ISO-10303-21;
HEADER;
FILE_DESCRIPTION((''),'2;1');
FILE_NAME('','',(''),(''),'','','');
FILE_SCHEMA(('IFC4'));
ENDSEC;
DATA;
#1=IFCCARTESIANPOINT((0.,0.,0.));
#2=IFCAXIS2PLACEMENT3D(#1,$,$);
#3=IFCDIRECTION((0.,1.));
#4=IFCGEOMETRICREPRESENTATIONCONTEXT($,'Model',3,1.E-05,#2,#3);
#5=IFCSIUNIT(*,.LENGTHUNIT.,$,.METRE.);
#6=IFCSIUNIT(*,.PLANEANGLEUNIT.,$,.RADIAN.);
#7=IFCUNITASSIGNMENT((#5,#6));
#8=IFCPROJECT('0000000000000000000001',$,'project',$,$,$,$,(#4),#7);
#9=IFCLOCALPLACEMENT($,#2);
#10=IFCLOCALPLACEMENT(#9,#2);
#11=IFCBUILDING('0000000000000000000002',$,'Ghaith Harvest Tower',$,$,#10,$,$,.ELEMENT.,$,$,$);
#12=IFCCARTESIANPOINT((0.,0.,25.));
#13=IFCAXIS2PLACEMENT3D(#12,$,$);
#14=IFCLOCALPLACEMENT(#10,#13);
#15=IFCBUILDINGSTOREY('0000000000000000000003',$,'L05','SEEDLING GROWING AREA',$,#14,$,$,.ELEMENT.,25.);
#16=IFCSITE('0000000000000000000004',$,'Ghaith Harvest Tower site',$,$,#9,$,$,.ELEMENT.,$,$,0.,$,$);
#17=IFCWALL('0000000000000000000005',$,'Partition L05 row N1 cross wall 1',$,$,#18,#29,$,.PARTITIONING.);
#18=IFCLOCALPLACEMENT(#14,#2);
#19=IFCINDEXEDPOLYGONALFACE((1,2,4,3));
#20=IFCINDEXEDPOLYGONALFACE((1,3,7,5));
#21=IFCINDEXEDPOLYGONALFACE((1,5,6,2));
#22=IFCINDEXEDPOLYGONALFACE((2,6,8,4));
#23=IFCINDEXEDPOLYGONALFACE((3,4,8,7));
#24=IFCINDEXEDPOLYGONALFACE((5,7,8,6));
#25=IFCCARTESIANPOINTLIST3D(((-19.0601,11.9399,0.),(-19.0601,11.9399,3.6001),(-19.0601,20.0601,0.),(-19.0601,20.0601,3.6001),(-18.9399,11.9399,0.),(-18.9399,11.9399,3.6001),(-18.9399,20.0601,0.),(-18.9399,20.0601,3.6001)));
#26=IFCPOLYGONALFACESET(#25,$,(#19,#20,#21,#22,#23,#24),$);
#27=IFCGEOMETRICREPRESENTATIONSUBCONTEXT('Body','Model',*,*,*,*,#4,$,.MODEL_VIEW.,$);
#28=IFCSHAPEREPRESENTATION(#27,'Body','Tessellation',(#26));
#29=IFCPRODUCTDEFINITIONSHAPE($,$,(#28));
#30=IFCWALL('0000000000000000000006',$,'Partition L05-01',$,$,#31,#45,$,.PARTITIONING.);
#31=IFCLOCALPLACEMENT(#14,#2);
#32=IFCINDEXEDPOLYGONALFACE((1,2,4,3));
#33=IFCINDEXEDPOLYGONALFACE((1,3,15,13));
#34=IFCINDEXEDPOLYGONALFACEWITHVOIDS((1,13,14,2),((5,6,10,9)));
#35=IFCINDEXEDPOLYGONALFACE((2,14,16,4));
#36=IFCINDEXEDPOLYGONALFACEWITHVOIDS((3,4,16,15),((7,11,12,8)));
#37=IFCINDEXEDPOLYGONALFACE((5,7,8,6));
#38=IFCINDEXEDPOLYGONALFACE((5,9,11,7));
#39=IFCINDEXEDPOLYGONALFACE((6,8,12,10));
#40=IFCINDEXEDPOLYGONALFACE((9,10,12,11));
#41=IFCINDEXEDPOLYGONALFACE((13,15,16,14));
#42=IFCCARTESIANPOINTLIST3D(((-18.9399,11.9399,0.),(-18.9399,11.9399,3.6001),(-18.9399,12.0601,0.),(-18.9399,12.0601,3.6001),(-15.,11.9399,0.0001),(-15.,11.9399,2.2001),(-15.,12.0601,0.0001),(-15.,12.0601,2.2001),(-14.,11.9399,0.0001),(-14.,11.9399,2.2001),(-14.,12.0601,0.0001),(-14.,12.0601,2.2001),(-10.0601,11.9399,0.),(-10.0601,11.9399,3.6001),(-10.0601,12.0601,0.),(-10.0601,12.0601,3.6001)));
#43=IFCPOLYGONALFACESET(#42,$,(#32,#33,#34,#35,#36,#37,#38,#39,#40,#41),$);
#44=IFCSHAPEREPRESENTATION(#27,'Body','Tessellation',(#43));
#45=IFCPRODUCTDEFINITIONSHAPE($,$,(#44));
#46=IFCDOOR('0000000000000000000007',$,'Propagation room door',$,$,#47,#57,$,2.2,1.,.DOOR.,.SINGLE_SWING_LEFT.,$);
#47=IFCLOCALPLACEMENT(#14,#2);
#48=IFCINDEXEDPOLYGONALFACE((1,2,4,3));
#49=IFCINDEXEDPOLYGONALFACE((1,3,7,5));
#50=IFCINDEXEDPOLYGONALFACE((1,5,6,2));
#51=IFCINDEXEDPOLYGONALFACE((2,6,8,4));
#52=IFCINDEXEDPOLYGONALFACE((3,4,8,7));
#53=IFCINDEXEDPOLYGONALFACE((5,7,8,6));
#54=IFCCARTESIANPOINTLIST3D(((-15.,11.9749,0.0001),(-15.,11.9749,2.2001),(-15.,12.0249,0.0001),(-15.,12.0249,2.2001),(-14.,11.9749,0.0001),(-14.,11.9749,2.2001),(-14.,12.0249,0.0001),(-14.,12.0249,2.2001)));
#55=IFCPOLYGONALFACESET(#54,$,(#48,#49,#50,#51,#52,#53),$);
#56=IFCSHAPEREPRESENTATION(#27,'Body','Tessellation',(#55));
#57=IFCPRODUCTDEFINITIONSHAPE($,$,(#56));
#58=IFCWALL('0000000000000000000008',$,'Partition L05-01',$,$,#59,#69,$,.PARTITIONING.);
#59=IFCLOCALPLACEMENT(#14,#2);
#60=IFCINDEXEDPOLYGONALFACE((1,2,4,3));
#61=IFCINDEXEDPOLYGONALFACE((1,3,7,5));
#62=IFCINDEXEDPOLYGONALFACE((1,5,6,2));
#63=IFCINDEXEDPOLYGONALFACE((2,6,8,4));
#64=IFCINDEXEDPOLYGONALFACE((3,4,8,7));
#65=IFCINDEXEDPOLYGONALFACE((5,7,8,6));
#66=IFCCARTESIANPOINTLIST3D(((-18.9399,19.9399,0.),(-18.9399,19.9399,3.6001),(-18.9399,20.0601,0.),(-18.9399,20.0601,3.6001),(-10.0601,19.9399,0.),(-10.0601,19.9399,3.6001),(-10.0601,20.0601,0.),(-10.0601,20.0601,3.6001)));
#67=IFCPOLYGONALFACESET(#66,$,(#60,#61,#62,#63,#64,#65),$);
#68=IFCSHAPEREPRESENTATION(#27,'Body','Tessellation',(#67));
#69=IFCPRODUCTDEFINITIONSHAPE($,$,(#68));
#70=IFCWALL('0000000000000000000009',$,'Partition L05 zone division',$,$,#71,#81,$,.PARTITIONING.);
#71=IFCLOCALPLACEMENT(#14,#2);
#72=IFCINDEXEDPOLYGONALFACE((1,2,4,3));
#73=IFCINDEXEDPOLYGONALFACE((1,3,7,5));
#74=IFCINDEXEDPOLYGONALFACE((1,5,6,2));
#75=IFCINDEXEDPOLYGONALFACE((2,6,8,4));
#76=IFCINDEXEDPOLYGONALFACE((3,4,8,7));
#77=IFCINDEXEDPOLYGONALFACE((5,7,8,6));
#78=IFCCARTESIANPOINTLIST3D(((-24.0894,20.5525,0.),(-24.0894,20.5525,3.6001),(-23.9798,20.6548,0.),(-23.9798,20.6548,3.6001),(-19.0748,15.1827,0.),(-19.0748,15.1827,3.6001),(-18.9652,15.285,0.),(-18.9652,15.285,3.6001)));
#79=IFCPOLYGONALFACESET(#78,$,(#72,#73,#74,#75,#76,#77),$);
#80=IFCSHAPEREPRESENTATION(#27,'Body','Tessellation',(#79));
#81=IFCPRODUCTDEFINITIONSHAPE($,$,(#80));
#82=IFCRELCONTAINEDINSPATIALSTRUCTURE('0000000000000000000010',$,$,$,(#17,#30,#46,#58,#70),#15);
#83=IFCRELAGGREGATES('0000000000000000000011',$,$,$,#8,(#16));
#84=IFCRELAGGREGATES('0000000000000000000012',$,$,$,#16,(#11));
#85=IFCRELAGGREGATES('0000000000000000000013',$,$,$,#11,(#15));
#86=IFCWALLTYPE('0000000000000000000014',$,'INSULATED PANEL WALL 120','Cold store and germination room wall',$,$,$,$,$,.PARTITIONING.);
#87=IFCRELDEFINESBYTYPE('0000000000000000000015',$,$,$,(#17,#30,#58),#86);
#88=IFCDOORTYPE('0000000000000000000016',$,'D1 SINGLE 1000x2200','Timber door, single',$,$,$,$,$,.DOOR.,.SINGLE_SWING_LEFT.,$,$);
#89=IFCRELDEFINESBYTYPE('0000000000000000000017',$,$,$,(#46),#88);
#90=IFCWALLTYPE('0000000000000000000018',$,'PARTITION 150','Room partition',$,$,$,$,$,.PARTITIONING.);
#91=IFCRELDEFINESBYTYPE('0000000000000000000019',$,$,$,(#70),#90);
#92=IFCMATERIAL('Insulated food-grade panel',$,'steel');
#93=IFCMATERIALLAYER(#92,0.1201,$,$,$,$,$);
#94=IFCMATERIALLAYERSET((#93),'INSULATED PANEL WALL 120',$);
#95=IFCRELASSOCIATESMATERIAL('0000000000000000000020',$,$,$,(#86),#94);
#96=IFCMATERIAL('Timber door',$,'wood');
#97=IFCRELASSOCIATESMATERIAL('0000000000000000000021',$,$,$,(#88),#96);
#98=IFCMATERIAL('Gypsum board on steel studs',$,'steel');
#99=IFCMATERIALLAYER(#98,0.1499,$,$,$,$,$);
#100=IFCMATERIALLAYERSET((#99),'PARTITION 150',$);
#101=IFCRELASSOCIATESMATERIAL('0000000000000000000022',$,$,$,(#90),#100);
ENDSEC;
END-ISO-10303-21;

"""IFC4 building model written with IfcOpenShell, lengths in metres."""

from ifc_helpers import new_model, si_unit, direction, frame, frame_2d, origin, place, context, subcontext, project, spatial, rectangle, extrude, material, layer, layer_set, type_object, element, fill, save


model = new_model("IFC4")

# Units and contexts
model_context = context("Model", 3, precision=1e-05, world=origin(), true_north=direction((0.0, 1.0)))
body_context = subcontext(model_context, "Body", "Model", "MODEL_VIEW")
ifc_project = project(units=[si_unit("LENGTHUNIT", "METRE"), si_unit("PLANEANGLEUNIT", "RADIAN")], contexts=[model_context])

# Site, building, storey
site_placement = place(None, origin())
site = spatial("IfcSite", under=ifc_project, at=site_placement, Name="Ghaith Harvest Tower site", CompositionType="ELEMENT", RefElevation=0.0)
building_placement = place(site_placement, origin())
building = spatial("IfcBuilding", under=site, at=building_placement, Name="Ghaith Harvest Tower", CompositionType="ELEMENT")
storey_placement = place(building_placement, frame((0.0, 0.0, 25.0)))
storey = spatial("IfcBuildingStorey", under=building, at=storey_placement, Name="L05", Description="SEEDLING GROWING AREA", CompositionType="ELEMENT", Elevation=25.0)

# Wall
ifc_material_1 = material(Name="Insulated food-grade panel", Category="steel")
ifc_layer_1 = layer(ifc_material_1, 0.1201)
ifc_layer_set_1 = layer_set([ifc_layer_1], Name="INSULATED PANEL WALL 120")
wall_type_1 = type_object("IfcWallType", Name="INSULATED PANEL WALL 120", Description="Cold store and germination room wall", PredefinedType="PARTITIONING", material=ifc_layer_set_1)
wall_1_placement = place(storey_placement, frame((-19.0, 11.9399, 0.0), z_axis=(0.0, 0.0, 1.0), x_axis=(0.0, 1.0, 0.0)))
element("IfcWall", 1, at=wall_1_placement, inside=storey, type_object=wall_type_1, Name="Partition L05 row N1 cross wall 1", PredefinedType="PARTITIONING", context=body_context, shape_type="SweptSolid", body=[
    extrude(rectangle(XDim=8.1201, YDim=0.1201, at=frame_2d((4.0601, 0.0))), origin(), (0.0, 0.0, 1.0), 3.6001),
])

# Wall, opening, door
wall_2_placement = place(storey_placement, frame((-18.9399, 12.0, 0.0), z_axis=(0.0, 0.0, 1.0), x_axis=(1.0, 0.0, 0.0)))
wall_2 = element("IfcWall", 2, at=wall_2_placement, inside=storey, type_object=wall_type_1, Name="Partition L05-01", PredefinedType="PARTITIONING", context=body_context, shape_type="SweptSolid", body=[
    extrude(rectangle(XDim=8.8799, YDim=0.1201, at=frame_2d((4.4399, 0.0))), origin(), (0.0, 0.0, 1.0), 3.6001),
])
opening_placement = place(wall_2_placement, frame((3.9399, 0.0, 0.0)))
opening = element("IfcOpeningElement", 3, at=opening_placement, cuts=wall_2, PredefinedType="OPENING", context=body_context, shape_type="SweptSolid", body=[
    extrude(rectangle(XDim=1.0, YDim=2.2, at=frame_2d((0.5, 1.1001))), frame((0.0, 0.0701, 0.0), z_axis=(0.0, -1.0, 0.0), x_axis=(1.0, 0.0, 0.0)), (0.0, 0.0, 1.0), 0.1401),
])
ifc_material_2 = material(Name="Timber door", Category="wood")
door_type = type_object("IfcDoorType", Name="D1 SINGLE 1000x2200", Description="Timber door, single", OperationType="SINGLE_SWING_LEFT", PredefinedType="DOOR", material=ifc_material_2)
door_placement = place(opening_placement, origin())
door = element("IfcDoor", 4, at=door_placement, inside=storey, type_object=door_type, Name="Propagation room door", OperationType="SINGLE_SWING_LEFT", OverallHeight=2.2, OverallWidth=1.0, PredefinedType="DOOR", context=body_context, shape_type="SweptSolid", body=[
    extrude(rectangle(XDim=1.0, YDim=2.2, at=frame_2d((0.5, 1.1001))), frame((0.0, 0.0249, 0.0), z_axis=(0.0, -1.0, 0.0), x_axis=(1.0, 0.0, 0.0)), (0.0, 0.0, 1.0), 0.05),
])
fill(opening, door)

# Walls
wall_3_placement = place(storey_placement, frame((-18.9399, 20.0, 0.0), z_axis=(0.0, 0.0, 1.0), x_axis=(1.0, 0.0, 0.0)))
element("IfcWall", 5, at=wall_3_placement, inside=storey, type_object=wall_type_1, Name="Partition L05-01", PredefinedType="PARTITIONING", context=body_context, shape_type="SweptSolid", body=[
    extrude(rectangle(XDim=8.8799, YDim=0.1201, at=frame_2d((4.4399, 0.0))), origin(), (0.0, 0.0, 1.0), 3.6001),
])
ifc_material_3 = material(Name="Gypsum board on steel studs", Category="steel")
ifc_layer_2 = layer(ifc_material_3, 0.1499)
ifc_layer_set_2 = layer_set([ifc_layer_2], Name="PARTITION 150")
wall_type_2 = type_object("IfcWallType", Name="PARTITION 150", Description="Room partition", PredefinedType="PARTITIONING", material=ifc_layer_set_2)
wall_4_placement = place(storey_placement, frame((-19.02, 15.2339, 0.0), z_axis=(0.0, 0.0, 1.0), x_axis=(-0.682519, 0.730867, 0.0)))
element("IfcWall", 6, at=wall_4_placement, inside=storey, type_object=wall_type_2, Name="Partition L05 zone division", PredefinedType="PARTITIONING", context=body_context, shape_type="SweptSolid", body=[
    extrude(rectangle(XDim=7.3472, YDim=0.1499, at=frame_2d((3.6736, 0.0))), origin(), (0.0, 0.0, 1.0), 3.6001),
])

save(model, "model.ifc")
